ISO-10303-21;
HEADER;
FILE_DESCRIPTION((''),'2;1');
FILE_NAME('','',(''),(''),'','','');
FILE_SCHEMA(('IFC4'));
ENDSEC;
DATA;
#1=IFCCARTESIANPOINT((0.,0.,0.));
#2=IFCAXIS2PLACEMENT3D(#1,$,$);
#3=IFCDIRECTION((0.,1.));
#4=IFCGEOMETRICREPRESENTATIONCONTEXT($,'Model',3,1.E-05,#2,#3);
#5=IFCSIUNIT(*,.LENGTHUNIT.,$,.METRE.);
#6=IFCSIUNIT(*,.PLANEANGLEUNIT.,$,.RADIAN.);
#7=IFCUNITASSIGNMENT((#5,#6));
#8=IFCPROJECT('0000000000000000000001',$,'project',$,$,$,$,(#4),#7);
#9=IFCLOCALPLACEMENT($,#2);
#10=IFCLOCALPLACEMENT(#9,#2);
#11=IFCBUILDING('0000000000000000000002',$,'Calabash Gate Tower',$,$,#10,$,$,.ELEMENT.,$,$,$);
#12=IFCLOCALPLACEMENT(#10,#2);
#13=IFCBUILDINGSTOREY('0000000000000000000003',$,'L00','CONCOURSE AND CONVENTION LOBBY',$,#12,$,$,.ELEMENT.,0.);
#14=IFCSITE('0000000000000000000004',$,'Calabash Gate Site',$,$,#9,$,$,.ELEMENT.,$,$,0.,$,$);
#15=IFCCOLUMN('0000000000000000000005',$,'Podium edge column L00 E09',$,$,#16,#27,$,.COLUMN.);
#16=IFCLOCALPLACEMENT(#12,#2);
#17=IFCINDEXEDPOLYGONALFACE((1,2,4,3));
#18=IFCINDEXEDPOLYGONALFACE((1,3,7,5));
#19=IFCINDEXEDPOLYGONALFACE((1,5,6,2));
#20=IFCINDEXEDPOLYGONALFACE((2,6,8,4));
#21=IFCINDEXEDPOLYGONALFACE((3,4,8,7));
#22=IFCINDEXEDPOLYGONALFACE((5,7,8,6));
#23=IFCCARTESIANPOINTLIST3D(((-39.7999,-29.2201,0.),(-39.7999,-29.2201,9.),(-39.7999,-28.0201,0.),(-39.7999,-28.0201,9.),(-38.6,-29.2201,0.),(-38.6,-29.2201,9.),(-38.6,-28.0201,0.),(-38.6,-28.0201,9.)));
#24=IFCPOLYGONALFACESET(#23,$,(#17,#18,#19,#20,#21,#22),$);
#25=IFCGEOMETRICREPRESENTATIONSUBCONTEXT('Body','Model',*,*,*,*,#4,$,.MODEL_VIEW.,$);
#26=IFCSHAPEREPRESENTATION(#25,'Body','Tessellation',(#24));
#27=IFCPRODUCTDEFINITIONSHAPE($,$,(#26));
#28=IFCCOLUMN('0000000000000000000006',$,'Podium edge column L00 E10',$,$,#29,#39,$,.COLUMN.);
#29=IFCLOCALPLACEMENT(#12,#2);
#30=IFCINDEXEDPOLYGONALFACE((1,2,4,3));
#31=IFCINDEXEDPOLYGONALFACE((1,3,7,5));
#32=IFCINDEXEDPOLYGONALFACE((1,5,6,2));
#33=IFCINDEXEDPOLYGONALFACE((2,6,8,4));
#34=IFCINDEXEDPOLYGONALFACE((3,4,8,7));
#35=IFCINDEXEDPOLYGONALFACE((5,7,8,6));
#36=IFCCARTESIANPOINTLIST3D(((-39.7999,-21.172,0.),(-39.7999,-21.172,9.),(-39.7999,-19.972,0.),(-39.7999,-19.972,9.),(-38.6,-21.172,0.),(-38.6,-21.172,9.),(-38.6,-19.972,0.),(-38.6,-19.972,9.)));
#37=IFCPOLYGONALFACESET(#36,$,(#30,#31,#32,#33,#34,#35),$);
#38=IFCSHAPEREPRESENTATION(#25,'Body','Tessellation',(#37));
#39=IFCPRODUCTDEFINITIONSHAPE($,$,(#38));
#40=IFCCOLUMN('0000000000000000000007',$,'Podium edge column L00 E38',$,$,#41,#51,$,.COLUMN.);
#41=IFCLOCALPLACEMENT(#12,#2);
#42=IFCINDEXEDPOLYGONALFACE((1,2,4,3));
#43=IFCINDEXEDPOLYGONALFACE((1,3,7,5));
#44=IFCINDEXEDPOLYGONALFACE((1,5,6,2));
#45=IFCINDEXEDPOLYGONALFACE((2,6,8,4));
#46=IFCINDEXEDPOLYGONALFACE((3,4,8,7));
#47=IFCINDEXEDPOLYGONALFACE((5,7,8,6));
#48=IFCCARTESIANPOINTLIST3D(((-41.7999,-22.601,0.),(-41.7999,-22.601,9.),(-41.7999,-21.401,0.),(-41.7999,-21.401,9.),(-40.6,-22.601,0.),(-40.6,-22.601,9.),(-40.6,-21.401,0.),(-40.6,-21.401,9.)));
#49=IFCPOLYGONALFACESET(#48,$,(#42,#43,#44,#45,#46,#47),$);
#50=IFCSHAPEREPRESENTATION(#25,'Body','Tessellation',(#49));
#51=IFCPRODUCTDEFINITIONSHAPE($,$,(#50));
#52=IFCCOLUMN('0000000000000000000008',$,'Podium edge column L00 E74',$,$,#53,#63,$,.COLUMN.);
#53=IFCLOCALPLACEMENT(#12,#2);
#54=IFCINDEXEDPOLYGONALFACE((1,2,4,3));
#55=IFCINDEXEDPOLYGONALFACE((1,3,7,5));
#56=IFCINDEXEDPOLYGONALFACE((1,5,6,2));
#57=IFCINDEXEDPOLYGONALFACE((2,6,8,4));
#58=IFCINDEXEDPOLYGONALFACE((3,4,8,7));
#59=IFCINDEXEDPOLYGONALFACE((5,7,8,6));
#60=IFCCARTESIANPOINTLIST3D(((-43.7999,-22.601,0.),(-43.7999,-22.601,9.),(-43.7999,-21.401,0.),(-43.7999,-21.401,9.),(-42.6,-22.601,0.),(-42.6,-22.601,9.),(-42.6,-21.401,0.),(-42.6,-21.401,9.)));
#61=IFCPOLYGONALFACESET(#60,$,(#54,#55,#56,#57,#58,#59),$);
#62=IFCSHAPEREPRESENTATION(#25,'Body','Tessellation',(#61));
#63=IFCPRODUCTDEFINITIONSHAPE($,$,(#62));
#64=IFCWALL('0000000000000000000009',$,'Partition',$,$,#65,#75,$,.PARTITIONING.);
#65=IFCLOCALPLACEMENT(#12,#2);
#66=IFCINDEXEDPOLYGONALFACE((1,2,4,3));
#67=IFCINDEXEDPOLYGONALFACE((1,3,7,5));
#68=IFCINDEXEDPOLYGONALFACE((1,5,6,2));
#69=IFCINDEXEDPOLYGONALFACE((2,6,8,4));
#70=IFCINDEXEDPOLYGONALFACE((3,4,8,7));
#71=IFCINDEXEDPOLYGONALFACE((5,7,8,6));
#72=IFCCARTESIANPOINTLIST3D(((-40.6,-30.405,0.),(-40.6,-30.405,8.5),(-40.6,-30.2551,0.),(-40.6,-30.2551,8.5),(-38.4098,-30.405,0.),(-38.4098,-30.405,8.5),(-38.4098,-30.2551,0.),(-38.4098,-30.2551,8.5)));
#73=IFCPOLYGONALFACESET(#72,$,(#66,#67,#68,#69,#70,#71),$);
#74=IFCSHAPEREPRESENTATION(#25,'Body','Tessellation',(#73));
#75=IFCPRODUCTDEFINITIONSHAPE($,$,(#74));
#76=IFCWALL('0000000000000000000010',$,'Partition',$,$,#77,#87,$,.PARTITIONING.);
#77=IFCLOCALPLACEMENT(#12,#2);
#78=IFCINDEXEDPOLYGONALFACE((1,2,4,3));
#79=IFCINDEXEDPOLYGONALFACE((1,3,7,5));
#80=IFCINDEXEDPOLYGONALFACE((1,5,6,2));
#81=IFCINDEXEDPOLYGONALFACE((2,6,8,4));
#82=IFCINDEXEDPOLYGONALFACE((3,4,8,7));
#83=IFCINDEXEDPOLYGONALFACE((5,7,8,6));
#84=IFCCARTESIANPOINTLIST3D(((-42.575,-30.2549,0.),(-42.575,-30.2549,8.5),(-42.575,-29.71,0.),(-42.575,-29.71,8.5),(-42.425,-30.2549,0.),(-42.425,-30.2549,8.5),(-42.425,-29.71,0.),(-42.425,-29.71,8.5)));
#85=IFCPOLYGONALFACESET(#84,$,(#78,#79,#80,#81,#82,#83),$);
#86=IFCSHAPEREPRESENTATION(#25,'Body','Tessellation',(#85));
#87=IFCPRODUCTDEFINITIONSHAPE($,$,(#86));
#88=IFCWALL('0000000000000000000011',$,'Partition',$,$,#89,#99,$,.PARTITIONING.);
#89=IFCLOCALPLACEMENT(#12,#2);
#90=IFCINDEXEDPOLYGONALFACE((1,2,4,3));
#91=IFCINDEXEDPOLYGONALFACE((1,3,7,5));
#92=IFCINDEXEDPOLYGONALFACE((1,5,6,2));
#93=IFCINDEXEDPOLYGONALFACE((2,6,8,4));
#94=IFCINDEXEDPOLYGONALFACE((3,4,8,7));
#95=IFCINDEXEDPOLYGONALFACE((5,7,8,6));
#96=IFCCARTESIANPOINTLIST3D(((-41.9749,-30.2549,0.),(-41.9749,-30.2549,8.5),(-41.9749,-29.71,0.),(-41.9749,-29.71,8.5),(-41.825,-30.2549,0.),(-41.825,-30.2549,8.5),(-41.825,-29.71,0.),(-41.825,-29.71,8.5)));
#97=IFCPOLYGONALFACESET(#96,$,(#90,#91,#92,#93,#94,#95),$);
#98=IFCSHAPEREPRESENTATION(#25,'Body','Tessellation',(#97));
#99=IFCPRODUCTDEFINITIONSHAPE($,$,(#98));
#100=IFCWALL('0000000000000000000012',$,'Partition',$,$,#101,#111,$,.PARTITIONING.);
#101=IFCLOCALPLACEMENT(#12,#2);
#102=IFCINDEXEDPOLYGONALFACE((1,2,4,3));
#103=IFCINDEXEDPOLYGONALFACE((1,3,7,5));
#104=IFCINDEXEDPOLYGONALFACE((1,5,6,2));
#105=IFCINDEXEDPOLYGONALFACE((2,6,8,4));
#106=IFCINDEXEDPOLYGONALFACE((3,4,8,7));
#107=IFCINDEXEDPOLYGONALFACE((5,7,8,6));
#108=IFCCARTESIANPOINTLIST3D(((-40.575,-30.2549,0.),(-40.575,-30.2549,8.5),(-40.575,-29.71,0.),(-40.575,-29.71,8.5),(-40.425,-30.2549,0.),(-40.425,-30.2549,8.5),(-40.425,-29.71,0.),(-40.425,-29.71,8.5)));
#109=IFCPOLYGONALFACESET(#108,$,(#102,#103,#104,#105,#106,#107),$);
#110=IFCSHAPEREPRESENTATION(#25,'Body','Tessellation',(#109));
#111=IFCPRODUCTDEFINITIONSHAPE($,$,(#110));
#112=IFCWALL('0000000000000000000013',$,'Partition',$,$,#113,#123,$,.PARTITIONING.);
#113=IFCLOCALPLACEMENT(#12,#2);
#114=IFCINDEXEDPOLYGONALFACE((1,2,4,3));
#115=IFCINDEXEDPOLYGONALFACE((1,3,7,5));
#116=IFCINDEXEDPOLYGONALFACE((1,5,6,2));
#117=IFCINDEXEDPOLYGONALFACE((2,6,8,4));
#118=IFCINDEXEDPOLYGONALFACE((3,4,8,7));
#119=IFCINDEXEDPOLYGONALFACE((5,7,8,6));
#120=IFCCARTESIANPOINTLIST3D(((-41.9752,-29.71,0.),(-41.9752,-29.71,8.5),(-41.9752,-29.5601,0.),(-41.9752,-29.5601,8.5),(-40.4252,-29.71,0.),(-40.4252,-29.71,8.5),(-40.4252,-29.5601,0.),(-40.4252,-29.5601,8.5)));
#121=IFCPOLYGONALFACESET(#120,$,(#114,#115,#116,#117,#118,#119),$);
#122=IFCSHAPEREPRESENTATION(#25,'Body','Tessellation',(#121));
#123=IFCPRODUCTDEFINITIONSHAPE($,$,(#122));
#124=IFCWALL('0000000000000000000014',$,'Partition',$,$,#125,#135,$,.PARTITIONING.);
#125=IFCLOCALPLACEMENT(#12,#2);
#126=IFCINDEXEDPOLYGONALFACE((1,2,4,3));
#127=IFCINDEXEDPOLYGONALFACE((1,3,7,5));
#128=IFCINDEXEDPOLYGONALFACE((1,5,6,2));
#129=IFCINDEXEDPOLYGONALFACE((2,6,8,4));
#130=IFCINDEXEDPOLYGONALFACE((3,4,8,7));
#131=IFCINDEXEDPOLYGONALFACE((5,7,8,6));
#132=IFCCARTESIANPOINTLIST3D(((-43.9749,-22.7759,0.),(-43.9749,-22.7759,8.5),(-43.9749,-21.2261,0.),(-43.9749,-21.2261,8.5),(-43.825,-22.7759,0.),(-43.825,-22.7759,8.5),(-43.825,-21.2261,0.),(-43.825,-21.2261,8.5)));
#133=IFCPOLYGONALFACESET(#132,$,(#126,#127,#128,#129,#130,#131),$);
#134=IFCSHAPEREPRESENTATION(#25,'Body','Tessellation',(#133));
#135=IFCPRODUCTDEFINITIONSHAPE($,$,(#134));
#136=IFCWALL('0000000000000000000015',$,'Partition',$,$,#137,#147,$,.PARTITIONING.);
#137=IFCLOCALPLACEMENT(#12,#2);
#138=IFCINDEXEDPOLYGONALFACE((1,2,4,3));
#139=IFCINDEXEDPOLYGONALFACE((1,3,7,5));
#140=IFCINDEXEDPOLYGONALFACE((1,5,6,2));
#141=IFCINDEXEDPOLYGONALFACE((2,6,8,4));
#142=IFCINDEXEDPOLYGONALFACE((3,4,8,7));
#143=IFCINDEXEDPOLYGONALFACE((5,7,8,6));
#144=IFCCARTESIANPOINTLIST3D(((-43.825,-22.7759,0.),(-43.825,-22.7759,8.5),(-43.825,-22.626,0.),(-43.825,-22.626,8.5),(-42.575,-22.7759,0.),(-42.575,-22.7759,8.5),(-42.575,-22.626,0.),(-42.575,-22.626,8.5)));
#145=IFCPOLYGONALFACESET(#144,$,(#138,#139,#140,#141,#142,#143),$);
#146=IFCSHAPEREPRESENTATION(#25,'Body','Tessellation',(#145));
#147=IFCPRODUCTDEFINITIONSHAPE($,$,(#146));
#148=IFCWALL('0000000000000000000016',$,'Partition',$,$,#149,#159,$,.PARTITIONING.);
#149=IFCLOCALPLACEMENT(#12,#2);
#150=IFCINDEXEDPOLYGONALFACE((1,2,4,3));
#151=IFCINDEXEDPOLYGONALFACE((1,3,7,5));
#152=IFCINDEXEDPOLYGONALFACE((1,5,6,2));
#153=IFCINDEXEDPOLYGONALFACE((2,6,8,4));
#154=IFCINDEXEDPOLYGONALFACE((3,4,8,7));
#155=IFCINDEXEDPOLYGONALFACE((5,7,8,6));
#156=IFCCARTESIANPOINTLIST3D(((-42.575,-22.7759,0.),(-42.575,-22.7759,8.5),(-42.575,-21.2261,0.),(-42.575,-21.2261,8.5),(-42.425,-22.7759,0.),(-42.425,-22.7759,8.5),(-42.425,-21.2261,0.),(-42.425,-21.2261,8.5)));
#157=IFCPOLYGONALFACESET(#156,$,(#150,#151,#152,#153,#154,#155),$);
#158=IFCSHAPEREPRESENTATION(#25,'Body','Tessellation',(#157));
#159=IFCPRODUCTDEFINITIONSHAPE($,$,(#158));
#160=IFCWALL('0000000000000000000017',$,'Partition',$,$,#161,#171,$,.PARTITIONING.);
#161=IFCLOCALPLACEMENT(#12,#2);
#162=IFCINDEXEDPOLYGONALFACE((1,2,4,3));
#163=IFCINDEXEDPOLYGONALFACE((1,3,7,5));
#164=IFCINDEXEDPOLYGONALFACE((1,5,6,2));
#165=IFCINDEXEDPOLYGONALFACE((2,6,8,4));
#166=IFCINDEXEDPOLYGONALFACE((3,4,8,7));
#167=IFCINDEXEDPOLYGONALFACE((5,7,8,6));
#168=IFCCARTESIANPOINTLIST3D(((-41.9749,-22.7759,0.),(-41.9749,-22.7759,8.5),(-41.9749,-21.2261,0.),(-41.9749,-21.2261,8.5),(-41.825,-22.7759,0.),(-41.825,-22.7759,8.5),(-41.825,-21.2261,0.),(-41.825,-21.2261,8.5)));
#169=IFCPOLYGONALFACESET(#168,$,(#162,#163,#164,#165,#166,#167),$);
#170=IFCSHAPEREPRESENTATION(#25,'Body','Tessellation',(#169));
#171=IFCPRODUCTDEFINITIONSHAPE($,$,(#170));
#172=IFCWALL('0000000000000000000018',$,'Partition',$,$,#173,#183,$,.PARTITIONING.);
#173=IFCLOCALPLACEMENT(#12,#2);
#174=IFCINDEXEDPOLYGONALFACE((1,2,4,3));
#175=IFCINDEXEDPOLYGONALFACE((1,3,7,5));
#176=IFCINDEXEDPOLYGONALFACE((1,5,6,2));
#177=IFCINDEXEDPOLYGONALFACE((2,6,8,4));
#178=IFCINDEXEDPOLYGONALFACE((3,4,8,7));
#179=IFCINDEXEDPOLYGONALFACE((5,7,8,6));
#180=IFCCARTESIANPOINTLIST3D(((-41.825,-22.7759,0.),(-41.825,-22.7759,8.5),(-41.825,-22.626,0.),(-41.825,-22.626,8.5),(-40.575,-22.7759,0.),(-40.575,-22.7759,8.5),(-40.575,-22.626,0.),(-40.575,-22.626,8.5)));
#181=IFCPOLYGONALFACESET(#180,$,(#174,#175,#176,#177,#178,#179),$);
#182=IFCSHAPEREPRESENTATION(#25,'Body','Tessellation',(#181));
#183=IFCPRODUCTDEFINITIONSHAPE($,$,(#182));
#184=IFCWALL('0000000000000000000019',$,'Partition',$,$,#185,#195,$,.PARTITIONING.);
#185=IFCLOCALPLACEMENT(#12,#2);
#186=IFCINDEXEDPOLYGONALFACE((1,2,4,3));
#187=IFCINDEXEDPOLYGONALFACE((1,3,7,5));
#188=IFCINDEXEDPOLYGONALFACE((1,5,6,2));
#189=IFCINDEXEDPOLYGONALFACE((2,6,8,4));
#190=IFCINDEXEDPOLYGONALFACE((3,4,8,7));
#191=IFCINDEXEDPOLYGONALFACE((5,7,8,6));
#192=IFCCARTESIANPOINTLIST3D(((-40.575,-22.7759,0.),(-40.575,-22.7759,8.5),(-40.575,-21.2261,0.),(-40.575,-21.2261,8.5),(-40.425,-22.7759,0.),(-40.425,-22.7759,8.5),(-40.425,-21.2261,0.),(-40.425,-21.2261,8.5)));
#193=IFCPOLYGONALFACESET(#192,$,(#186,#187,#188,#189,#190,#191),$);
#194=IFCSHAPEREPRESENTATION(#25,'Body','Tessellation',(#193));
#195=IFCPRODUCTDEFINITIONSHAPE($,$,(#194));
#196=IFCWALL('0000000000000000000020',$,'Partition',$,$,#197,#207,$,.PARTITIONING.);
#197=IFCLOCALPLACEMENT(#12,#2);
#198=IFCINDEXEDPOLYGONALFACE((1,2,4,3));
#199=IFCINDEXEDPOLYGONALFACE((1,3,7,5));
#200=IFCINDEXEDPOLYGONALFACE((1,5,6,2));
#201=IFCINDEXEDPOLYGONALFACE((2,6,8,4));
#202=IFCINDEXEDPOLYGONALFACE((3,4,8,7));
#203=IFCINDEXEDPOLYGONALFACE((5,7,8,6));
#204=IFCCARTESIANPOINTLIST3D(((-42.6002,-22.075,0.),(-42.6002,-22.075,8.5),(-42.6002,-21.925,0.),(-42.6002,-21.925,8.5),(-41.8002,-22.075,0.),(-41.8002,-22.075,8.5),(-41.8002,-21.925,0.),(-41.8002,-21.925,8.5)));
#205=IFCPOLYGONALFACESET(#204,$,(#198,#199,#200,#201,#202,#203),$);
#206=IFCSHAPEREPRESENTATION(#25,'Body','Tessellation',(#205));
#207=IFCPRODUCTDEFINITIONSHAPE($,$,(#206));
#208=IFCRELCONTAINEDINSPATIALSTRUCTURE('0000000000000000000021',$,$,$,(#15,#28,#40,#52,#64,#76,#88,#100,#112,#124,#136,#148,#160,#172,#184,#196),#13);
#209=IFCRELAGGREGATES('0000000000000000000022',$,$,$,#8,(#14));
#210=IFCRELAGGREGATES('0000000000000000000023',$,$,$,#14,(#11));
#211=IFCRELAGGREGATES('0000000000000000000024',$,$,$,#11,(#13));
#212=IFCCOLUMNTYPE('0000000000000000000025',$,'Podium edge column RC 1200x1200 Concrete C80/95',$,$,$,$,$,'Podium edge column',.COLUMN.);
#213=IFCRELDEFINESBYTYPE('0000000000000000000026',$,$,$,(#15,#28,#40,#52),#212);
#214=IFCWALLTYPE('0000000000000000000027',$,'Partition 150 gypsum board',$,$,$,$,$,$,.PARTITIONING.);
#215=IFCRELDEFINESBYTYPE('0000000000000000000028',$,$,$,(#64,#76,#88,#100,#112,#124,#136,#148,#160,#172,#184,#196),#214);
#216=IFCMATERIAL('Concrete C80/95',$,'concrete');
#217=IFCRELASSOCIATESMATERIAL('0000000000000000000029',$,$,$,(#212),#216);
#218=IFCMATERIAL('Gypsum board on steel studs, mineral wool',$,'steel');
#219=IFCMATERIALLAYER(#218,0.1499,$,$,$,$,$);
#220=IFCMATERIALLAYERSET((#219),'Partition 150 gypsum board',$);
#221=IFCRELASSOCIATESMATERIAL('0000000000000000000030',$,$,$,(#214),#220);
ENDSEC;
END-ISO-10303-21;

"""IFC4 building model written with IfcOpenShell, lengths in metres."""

from ifc_helpers import new_model, si_unit, direction, frame, frame_2d, origin, origin_2d, place, context, subcontext, project, spatial, rectangle, extrude, material, layer, layer_set, material_profile, profile_set, type_object, element, save


model = new_model("IFC4")

# Units and contexts
model_context = context("Model", 3, precision=1e-05, world=origin(), true_north=direction((0.0, 1.0)))
body_context = subcontext(model_context, "Body", "Model", "MODEL_VIEW")
ifc_project = project(units=[si_unit("LENGTHUNIT", "METRE"), si_unit("PLANEANGLEUNIT", "RADIAN")], contexts=[model_context])

# Site, building, storey
site_placement = place(None, origin())
site = spatial("IfcSite", under=ifc_project, at=site_placement, Name="Calabash Gate Site", CompositionType="ELEMENT", RefElevation=0.0)
building_placement = place(site_placement, origin())
building = spatial("IfcBuilding", under=site, at=building_placement, Name="Calabash Gate Tower", CompositionType="ELEMENT")
storey_placement = place(building_placement, origin())
storey = spatial("IfcBuildingStorey", under=building, at=storey_placement, Name="L00", Description="CONCOURSE AND CONVENTION LOBBY", CompositionType="ELEMENT", Elevation=0.0)

# Columns
ifc_material_1 = material(Name="Concrete C80/95", Category="concrete")
ifc_material_profile = material_profile(ifc_material_1, rectangle(XDim=1.2, YDim=1.2, at=origin_2d()))
ifc_profile_set = profile_set([ifc_material_profile], Name="Concrete C80/95")
column_type = type_object("IfcColumnType", Name="Podium edge column RC 1200x1200 Concrete C80/95", ElementType="Podium edge column", PredefinedType="COLUMN", material=ifc_profile_set)
for number, where, z_axis, x_axis, name in (
    (1, (-39.2, -28.6201, 0.0), (0.0, 0.0, 1.0), (1.0, 0.0, 0.0), "Podium edge column L00 E09"),
    (2, (-39.2, -20.572, 0.0), (0.0, 0.0, 1.0), (1.0, 0.0, 0.0), "Podium edge column L00 E10"),
    (3, (-41.2, -22.001, 0.0), (0.0, 0.0, 1.0), (1.0, 0.0, 0.0), "Podium edge column L00 E38"),
    (4, (-43.2, -22.001, 0.0), (0.0, 0.0, 1.0), (1.0, 0.0, 0.0), "Podium edge column L00 E74"),
):
    element("IfcColumn", number, at=place(storey_placement, frame(where, z_axis=z_axis, x_axis=x_axis)), inside=storey, type_object=column_type, Name=name, PredefinedType="COLUMN", context=body_context, shape_type="SweptSolid", body=[
        extrude(rectangle(XDim=1.2, YDim=1.2, at=origin_2d()), origin(), (0.0, 0.0, 1.0), 9.0),
    ])

# Walls
ifc_material_2 = material(Name="Gypsum board on steel studs, mineral wool", Category="steel")
ifc_layer_1 = layer(ifc_material_2, 0.1499)
ifc_layer_set_1 = layer_set([ifc_layer_1], Name="Partition 150 gypsum board")
wall_type_1 = type_object("IfcWallType", Name="Partition 150 gypsum board", PredefinedType="PARTITIONING", material=ifc_layer_set_1)
wall_1_placement = place(storey_placement, frame((-40.6001, -30.3301, 0.0), z_axis=(0.0, 0.0, 1.0), x_axis=(1.0, 0.0, 0.0)))
element("IfcWall", 5, at=wall_1_placement, inside=storey, type_object=wall_type_1, Name="Partition", PredefinedType="PARTITIONING", context=body_context, shape_type="SweptSolid", body=[
    extrude(rectangle(XDim=2.1902, YDim=0.1499, at=frame_2d((1.0952, 0.0))), origin(), (0.0, 0.0, 1.0), 8.5),
])
for number, where, z_axis, x_axis, name in (
    (6, (-42.5, -30.2549, 0.0), (0.0, 0.0, 1.0), (0.0, 1.0, 0.0), "Partition"),
    (7, (-41.8999, -30.2549, 0.0), (0.0, 0.0, 1.0), (0.0, 1.0, 0.0), "Partition"),
    (8, (-40.5, -30.2549, 0.0), (0.0, 0.0, 1.0), (0.0, 1.0, 0.0), "Partition"),
):
    element("IfcWall", number, at=place(storey_placement, frame(where, z_axis=z_axis, x_axis=x_axis)), inside=storey, type_object=wall_type_1, Name=name, PredefinedType="PARTITIONING", context=body_context, shape_type="SweptSolid", body=[
        extrude(rectangle(XDim=0.5449, YDim=0.1499, at=frame_2d((0.2725, 0.0))), origin(), (0.0, 0.0, 1.0), 8.5),
    ])
wall_2_placement = place(storey_placement, frame((-41.9751, -29.635, 0.0), z_axis=(0.0, 0.0, 1.0), x_axis=(1.0, 0.0, 0.0)))
element("IfcWall", 9, at=wall_2_placement, inside=storey, type_object=wall_type_1, Name="Partition", PredefinedType="PARTITIONING", context=body_context, shape_type="SweptSolid", body=[
    extrude(rectangle(XDim=1.55, YDim=0.1499, at=frame_2d((0.7749, 0.0))), origin(), (0.0, 0.0, 1.0), 8.5),
])
wall_3_placement = place(storey_placement, frame((-43.8999, -22.7759, 0.0), z_axis=(0.0, 0.0, 1.0), x_axis=(0.0, 1.0, 0.0)))
element("IfcWall", 10, at=wall_3_placement, inside=storey, type_object=wall_type_1, Name="Partition", PredefinedType="PARTITIONING", context=body_context, shape_type="SweptSolid", body=[
    extrude(rectangle(XDim=1.5498, YDim=0.1499, at=frame_2d((0.7749, 0.0))), origin(), (0.0, 0.0, 1.0), 8.5),
])
wall_4_placement = place(storey_placement, frame((-43.825, -22.7009, 0.0), z_axis=(0.0, 0.0, 1.0), x_axis=(1.0, 0.0, 0.0)))
element("IfcWall", 11, at=wall_4_placement, inside=storey, type_object=wall_type_1, Name="Partition", PredefinedType="PARTITIONING", context=body_context, shape_type="SweptSolid", body=[
    extrude(rectangle(XDim=1.25, YDim=0.1499, at=frame_2d((0.625, 0.0))), origin(), (0.0, 0.0, 1.0), 8.5),
])
for number, where, z_axis, x_axis, name in (
    (12, (-42.5, -22.7759, 0.0), (0.0, 0.0, 1.0), (0.0, 1.0, 0.0), "Partition"),
    (13, (-41.8999, -22.7759, 0.0), (0.0, 0.0, 1.0), (0.0, 1.0, 0.0), "Partition"),
):
    element("IfcWall", number, at=place(storey_placement, frame(where, z_axis=z_axis, x_axis=x_axis)), inside=storey, type_object=wall_type_1, Name=name, PredefinedType="PARTITIONING", context=body_context, shape_type="SweptSolid", body=[
        extrude(rectangle(XDim=1.5498, YDim=0.1499, at=frame_2d((0.7749, 0.0))), origin(), (0.0, 0.0, 1.0), 8.5),
    ])
wall_5_placement = place(storey_placement, frame((-41.825, -22.7009, 0.0), z_axis=(0.0, 0.0, 1.0), x_axis=(1.0, 0.0, 0.0)))
element("IfcWall", 14, at=wall_5_placement, inside=storey, type_object=wall_type_1, Name="Partition", PredefinedType="PARTITIONING", context=body_context, shape_type="SweptSolid", body=[
    extrude(rectangle(XDim=1.25, YDim=0.1499, at=frame_2d((0.625, 0.0))), origin(), (0.0, 0.0, 1.0), 8.5),
])
wall_6_placement = place(storey_placement, frame((-40.5, -22.7759, 0.0), z_axis=(0.0, 0.0, 1.0), x_axis=(0.0, 1.0, 0.0)))
element("IfcWall", 15, at=wall_6_placement, inside=storey, type_object=wall_type_1, Name="Partition", PredefinedType="PARTITIONING", context=body_context, shape_type="SweptSolid", body=[
    extrude(rectangle(XDim=1.5498, YDim=0.1499, at=frame_2d((0.7749, 0.0))), origin(), (0.0, 0.0, 1.0), 8.5),
])
wall_7_placement = place(storey_placement, frame((-42.6001, -22.0, 0.0), z_axis=(0.0, 0.0, 1.0), x_axis=(1.0, 0.0, 0.0)))
element("IfcWall", 16, at=wall_7_placement, inside=storey, type_object=wall_type_1, Name="Partition", PredefinedType="PARTITIONING", context=body_context, shape_type="SweptSolid", body=[
    extrude(rectangle(XDim=0.8, YDim=0.1499, at=frame_2d((0.3999, 0.0))), origin(), (0.0, 0.0, 1.0), 8.5),
])

save(model, "model.ifc")
